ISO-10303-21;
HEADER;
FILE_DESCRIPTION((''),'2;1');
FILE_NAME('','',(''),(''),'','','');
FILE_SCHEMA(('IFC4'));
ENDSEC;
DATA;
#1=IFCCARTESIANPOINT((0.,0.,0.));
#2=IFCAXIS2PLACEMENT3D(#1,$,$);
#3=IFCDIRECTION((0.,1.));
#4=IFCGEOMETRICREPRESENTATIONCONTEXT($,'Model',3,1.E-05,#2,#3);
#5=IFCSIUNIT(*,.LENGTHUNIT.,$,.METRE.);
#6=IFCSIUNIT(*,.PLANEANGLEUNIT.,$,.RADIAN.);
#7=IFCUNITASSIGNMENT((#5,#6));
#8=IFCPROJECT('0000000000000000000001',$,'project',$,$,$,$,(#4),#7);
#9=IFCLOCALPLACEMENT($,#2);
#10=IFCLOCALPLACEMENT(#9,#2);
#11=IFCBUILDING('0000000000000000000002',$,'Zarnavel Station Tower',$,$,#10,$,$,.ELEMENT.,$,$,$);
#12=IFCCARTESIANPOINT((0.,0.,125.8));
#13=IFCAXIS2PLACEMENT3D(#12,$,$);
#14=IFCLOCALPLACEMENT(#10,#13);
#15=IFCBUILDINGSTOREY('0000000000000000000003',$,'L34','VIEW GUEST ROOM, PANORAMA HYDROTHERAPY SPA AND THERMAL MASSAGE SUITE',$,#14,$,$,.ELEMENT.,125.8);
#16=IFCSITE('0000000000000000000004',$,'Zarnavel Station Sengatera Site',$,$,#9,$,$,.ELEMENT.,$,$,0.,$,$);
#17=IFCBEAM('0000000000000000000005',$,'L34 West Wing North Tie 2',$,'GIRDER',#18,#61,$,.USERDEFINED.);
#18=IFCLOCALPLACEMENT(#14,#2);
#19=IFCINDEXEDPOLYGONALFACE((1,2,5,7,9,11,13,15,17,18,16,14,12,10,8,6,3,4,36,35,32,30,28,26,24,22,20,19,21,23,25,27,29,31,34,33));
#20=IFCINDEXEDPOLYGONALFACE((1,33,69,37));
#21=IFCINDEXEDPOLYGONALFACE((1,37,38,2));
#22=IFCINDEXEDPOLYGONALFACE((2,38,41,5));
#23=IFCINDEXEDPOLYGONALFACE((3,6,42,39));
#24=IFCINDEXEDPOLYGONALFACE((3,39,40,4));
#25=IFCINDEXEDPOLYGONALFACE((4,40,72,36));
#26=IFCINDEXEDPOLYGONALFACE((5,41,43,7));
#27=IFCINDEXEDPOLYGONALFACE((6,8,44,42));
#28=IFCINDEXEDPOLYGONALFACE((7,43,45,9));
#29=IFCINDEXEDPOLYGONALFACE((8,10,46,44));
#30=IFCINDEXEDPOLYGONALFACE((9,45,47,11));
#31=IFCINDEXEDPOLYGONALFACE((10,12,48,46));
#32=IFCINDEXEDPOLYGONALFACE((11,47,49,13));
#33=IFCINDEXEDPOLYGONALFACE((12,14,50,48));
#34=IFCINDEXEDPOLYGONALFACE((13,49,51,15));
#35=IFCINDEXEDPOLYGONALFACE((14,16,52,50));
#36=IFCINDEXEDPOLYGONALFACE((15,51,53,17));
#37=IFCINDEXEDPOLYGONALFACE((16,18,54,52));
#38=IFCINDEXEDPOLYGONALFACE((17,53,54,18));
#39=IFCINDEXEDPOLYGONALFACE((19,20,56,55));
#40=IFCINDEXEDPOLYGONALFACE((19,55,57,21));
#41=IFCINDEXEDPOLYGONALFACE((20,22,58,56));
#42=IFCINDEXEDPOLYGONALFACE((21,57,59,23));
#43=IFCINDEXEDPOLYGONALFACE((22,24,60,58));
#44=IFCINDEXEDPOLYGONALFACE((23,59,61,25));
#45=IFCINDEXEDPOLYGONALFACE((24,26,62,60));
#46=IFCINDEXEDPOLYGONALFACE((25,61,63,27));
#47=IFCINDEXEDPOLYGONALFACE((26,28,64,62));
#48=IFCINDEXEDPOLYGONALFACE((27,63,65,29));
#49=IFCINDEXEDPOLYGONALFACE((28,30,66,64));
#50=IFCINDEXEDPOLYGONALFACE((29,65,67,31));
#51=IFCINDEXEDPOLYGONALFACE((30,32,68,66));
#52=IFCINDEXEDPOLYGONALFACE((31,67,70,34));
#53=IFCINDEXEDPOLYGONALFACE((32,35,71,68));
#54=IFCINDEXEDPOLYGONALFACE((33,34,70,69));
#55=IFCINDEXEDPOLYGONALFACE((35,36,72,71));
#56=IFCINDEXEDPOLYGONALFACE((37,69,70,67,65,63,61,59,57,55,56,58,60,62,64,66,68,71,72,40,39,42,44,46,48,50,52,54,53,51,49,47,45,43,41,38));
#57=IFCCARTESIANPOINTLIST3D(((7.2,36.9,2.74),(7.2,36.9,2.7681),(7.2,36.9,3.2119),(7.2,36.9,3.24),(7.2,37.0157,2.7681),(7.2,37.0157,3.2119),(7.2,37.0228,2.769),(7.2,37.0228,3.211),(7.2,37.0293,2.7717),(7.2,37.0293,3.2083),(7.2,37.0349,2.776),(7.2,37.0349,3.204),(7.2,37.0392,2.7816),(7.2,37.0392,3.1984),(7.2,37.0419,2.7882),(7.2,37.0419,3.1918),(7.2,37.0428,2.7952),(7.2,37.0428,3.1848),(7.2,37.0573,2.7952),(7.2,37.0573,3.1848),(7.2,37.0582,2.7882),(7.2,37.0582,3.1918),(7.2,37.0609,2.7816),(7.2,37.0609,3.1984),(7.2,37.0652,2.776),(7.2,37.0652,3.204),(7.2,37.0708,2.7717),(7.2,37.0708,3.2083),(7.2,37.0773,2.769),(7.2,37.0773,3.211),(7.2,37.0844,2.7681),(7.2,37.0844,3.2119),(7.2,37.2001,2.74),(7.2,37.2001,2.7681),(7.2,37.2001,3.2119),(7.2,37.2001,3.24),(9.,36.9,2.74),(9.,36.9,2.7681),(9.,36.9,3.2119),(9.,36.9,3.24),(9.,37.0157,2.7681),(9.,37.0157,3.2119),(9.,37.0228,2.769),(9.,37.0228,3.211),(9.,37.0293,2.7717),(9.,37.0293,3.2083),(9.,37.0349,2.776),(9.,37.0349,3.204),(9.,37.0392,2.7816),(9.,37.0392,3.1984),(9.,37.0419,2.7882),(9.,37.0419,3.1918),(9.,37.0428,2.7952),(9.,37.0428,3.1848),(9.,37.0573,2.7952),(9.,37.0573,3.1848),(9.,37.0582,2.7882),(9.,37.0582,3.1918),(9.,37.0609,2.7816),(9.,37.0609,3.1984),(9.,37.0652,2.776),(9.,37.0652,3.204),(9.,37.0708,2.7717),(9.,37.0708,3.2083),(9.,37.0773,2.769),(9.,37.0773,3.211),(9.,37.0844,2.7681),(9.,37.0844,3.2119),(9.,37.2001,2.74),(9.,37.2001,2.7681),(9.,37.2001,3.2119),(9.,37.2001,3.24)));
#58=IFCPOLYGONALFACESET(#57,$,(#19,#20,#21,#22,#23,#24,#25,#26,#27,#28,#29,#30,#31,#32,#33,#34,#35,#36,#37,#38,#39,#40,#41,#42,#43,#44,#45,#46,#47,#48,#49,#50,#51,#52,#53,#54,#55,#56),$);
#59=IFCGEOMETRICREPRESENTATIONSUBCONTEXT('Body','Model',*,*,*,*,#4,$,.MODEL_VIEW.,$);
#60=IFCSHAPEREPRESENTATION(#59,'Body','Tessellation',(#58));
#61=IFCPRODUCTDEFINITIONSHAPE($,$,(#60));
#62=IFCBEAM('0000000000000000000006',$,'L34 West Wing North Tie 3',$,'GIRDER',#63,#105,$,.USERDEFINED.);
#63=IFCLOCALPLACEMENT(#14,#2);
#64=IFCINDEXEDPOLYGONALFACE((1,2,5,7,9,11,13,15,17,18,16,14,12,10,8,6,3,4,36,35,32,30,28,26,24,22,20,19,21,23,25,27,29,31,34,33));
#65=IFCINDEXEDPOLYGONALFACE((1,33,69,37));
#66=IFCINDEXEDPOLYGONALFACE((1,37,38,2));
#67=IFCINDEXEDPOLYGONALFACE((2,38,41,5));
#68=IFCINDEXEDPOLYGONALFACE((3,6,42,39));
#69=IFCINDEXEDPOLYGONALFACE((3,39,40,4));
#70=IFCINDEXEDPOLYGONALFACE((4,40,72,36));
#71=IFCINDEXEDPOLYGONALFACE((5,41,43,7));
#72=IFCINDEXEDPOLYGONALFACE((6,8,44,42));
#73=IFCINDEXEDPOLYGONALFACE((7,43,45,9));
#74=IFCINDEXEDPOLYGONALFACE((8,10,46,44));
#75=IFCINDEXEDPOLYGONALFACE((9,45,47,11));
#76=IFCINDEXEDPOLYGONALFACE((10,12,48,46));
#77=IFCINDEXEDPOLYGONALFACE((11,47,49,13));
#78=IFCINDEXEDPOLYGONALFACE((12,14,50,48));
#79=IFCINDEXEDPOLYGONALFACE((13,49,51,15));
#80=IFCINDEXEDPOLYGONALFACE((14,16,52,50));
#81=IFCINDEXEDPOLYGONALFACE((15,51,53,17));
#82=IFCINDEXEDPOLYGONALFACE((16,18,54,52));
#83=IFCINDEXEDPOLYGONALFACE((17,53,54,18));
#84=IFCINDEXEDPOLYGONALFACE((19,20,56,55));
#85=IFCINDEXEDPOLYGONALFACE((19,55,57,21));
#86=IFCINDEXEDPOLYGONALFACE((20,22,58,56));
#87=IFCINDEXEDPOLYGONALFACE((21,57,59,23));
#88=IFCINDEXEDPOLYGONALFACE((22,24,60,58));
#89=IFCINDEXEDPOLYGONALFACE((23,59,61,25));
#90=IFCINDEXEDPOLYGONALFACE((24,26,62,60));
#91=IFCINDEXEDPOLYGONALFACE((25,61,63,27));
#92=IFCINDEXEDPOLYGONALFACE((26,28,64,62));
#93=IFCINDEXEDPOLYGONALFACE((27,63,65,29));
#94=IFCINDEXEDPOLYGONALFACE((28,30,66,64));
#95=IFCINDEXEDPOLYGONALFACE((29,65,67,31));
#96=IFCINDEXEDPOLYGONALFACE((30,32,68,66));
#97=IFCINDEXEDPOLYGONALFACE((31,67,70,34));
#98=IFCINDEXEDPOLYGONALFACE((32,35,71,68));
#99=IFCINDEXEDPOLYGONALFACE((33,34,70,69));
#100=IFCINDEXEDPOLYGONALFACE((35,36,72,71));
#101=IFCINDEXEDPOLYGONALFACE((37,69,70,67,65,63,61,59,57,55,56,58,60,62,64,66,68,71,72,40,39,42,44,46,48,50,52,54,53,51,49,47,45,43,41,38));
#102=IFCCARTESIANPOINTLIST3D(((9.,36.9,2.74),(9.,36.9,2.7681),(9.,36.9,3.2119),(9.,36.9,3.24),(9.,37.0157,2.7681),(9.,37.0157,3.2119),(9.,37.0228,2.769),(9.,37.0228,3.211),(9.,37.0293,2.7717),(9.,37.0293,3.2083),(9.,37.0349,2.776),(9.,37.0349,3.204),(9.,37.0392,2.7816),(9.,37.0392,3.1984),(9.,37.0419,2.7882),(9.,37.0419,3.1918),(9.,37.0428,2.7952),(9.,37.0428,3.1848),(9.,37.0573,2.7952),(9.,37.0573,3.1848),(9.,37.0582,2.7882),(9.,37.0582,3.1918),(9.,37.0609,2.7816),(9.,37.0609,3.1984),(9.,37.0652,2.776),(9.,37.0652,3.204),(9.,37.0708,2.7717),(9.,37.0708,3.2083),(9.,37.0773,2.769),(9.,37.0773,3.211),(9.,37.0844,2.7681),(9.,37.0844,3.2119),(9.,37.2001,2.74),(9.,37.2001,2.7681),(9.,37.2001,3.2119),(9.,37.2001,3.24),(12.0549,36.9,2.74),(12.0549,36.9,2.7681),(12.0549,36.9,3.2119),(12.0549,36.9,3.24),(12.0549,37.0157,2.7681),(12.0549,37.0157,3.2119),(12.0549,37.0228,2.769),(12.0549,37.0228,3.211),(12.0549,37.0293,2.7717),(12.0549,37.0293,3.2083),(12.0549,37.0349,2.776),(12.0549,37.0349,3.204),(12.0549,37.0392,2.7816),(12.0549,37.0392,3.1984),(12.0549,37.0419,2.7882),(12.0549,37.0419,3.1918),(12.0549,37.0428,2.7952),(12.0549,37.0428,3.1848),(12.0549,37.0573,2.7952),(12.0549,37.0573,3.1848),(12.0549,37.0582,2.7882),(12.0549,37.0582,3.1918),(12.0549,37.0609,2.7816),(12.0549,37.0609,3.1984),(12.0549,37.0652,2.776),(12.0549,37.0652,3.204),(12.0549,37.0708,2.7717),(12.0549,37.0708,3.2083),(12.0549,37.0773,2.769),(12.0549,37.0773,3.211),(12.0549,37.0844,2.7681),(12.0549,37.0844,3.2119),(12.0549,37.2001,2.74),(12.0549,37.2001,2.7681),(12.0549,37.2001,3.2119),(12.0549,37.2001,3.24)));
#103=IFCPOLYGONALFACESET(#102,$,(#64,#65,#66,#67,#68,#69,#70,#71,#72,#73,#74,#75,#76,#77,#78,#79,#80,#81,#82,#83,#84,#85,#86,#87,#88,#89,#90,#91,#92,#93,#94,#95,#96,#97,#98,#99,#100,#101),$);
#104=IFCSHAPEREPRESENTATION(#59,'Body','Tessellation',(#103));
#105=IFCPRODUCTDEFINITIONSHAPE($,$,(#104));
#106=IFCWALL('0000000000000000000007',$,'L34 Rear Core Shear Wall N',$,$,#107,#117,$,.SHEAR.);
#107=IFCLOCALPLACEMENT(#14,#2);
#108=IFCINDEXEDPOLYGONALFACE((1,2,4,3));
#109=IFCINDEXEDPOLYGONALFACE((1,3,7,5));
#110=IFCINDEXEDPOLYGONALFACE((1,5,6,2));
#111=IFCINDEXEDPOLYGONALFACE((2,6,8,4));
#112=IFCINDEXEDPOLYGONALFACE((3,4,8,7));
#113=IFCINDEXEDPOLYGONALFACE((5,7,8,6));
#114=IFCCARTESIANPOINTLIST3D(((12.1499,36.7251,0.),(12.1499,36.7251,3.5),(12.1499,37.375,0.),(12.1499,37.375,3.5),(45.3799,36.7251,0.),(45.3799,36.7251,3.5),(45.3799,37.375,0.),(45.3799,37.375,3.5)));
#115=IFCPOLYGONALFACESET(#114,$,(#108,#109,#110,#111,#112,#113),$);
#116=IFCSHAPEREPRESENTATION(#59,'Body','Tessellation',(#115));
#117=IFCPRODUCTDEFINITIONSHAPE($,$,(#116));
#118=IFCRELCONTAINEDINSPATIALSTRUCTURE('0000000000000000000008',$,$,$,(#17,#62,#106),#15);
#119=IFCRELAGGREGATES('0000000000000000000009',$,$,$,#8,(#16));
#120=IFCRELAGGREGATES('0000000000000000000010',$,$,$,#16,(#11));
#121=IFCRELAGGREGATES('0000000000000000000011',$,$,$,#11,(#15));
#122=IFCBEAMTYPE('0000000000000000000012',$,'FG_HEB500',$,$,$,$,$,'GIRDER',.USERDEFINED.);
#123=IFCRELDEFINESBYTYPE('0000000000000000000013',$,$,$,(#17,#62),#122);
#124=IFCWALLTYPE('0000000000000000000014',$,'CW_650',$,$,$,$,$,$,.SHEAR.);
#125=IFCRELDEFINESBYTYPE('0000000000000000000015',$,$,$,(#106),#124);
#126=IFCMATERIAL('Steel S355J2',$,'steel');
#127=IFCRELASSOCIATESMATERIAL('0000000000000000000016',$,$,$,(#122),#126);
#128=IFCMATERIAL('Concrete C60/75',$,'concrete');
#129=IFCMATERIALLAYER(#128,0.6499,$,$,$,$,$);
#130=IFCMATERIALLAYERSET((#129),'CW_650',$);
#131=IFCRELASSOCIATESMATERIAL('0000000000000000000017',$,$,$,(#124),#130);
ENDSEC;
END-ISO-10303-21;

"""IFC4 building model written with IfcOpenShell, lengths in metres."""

from ifc_helpers import new_model, si_unit, direction, frame, frame_2d, origin, origin_2d, place, context, subcontext, project, spatial, rectangle, i_section, extrude, material, layer, layer_set, material_profile, profile_set, type_object, element, save


model = new_model("IFC4")

# Units and contexts
model_context = context("Model", 3, precision=1e-05, world=origin(), true_north=direction((0.0, 1.0)))
body_context = subcontext(model_context, "Body", "Model", "MODEL_VIEW")
ifc_project = project(units=[si_unit("LENGTHUNIT", "METRE"), si_unit("PLANEANGLEUNIT", "RADIAN")], contexts=[model_context])

# Site, building, storey
site_placement = place(None, origin())
site = spatial("IfcSite", under=ifc_project, at=site_placement, Name="Zarnavel Station Sengatera Site", CompositionType="ELEMENT", RefElevation=0.0)
building_placement = place(site_placement, origin())
building = spatial("IfcBuilding", under=site, at=building_placement, Name="Zarnavel Station Tower", CompositionType="ELEMENT")
storey_placement = place(building_placement, frame((0.0, 0.0, 125.8)))
storey = spatial("IfcBuildingStorey", under=building, at=storey_placement, Name="L34", Description="VIEW GUEST ROOM, PANORAMA HYDROTHERAPY SPA AND THERMAL MASSAGE SUITE", CompositionType="ELEMENT", Elevation=125.8)

# Beams
ifc_material_1 = material(Name="Steel S355J2", Category="steel")
ifc_material_profile_1 = material_profile(ifc_material_1, i_section(OverallWidth=0.3, OverallDepth=0.5, WebThickness=0.0144, FlangeThickness=0.0281, FilletRadius=0.0271, at=origin_2d()), Name="HEB500")
ifc_profile_set_1 = profile_set([ifc_material_profile_1], Name="Steel S355J2")
beam_type = type_object("IfcBeamType", Name="FG_HEB500", ElementType="GIRDER", PredefinedType="USERDEFINED", material=ifc_profile_set_1)
beam_1_placement = place(storey_placement, frame((7.2, 37.05, 2.99), z_axis=(1.0, 0.0, 0.0), x_axis=(0.0, 1.0, 0.0)))
element("IfcBeam", 1, at=beam_1_placement, inside=storey, type_object=beam_type, Name="L34 West Wing North Tie 2", ObjectType="GIRDER", PredefinedType="USERDEFINED", context=body_context, shape_type="SweptSolid", body=[
    extrude(i_section(OverallWidth=0.3, OverallDepth=0.5, WebThickness=0.0144, FlangeThickness=0.0281, FilletRadius=0.0271, at=origin_2d()), origin(), (0.0, 0.0, 1.0), 1.8),
])
beam_2_placement = place(storey_placement, frame((9.0, 37.05, 2.99), z_axis=(1.0, 0.0, 0.0), x_axis=(0.0, 1.0, 0.0)))
element("IfcBeam", 2, at=beam_2_placement, inside=storey, type_object=beam_type, Name="L34 West Wing North Tie 3", ObjectType="GIRDER", PredefinedType="USERDEFINED", context=body_context, shape_type="SweptSolid", body=[
    extrude(i_section(OverallWidth=0.3, OverallDepth=0.5, WebThickness=0.0144, FlangeThickness=0.0281, FilletRadius=0.0271, at=origin_2d()), origin(), (0.0, 0.0, 1.0), 3.0549),
])

# Wall
ifc_material_2 = material(Name="Concrete C60/75", Category="concrete")
ifc_layer_1 = layer(ifc_material_2, 0.6499)
ifc_layer_set_1 = layer_set([ifc_layer_1], Name="CW_650")
wall_type_1 = type_object("IfcWallType", Name="CW_650", PredefinedType="SHEAR", material=ifc_layer_set_1)
wall_1_placement = place(storey_placement, frame((12.1499, 37.05, 0.0), z_axis=(0.0, 0.0, 1.0), x_axis=(1.0, 0.0, 0.0)))
element("IfcWall", 3, at=wall_1_placement, inside=storey, type_object=wall_type_1, Name="L34 Rear Core Shear Wall N", PredefinedType="SHEAR", context=body_context, shape_type="SweptSolid", body=[
    extrude(rectangle(XDim=33.23, YDim=0.6499, at=frame_2d((16.615, 0.0))), origin(), (0.0, 0.0, 1.0), 3.5),
])

save(model, "model.ifc")
